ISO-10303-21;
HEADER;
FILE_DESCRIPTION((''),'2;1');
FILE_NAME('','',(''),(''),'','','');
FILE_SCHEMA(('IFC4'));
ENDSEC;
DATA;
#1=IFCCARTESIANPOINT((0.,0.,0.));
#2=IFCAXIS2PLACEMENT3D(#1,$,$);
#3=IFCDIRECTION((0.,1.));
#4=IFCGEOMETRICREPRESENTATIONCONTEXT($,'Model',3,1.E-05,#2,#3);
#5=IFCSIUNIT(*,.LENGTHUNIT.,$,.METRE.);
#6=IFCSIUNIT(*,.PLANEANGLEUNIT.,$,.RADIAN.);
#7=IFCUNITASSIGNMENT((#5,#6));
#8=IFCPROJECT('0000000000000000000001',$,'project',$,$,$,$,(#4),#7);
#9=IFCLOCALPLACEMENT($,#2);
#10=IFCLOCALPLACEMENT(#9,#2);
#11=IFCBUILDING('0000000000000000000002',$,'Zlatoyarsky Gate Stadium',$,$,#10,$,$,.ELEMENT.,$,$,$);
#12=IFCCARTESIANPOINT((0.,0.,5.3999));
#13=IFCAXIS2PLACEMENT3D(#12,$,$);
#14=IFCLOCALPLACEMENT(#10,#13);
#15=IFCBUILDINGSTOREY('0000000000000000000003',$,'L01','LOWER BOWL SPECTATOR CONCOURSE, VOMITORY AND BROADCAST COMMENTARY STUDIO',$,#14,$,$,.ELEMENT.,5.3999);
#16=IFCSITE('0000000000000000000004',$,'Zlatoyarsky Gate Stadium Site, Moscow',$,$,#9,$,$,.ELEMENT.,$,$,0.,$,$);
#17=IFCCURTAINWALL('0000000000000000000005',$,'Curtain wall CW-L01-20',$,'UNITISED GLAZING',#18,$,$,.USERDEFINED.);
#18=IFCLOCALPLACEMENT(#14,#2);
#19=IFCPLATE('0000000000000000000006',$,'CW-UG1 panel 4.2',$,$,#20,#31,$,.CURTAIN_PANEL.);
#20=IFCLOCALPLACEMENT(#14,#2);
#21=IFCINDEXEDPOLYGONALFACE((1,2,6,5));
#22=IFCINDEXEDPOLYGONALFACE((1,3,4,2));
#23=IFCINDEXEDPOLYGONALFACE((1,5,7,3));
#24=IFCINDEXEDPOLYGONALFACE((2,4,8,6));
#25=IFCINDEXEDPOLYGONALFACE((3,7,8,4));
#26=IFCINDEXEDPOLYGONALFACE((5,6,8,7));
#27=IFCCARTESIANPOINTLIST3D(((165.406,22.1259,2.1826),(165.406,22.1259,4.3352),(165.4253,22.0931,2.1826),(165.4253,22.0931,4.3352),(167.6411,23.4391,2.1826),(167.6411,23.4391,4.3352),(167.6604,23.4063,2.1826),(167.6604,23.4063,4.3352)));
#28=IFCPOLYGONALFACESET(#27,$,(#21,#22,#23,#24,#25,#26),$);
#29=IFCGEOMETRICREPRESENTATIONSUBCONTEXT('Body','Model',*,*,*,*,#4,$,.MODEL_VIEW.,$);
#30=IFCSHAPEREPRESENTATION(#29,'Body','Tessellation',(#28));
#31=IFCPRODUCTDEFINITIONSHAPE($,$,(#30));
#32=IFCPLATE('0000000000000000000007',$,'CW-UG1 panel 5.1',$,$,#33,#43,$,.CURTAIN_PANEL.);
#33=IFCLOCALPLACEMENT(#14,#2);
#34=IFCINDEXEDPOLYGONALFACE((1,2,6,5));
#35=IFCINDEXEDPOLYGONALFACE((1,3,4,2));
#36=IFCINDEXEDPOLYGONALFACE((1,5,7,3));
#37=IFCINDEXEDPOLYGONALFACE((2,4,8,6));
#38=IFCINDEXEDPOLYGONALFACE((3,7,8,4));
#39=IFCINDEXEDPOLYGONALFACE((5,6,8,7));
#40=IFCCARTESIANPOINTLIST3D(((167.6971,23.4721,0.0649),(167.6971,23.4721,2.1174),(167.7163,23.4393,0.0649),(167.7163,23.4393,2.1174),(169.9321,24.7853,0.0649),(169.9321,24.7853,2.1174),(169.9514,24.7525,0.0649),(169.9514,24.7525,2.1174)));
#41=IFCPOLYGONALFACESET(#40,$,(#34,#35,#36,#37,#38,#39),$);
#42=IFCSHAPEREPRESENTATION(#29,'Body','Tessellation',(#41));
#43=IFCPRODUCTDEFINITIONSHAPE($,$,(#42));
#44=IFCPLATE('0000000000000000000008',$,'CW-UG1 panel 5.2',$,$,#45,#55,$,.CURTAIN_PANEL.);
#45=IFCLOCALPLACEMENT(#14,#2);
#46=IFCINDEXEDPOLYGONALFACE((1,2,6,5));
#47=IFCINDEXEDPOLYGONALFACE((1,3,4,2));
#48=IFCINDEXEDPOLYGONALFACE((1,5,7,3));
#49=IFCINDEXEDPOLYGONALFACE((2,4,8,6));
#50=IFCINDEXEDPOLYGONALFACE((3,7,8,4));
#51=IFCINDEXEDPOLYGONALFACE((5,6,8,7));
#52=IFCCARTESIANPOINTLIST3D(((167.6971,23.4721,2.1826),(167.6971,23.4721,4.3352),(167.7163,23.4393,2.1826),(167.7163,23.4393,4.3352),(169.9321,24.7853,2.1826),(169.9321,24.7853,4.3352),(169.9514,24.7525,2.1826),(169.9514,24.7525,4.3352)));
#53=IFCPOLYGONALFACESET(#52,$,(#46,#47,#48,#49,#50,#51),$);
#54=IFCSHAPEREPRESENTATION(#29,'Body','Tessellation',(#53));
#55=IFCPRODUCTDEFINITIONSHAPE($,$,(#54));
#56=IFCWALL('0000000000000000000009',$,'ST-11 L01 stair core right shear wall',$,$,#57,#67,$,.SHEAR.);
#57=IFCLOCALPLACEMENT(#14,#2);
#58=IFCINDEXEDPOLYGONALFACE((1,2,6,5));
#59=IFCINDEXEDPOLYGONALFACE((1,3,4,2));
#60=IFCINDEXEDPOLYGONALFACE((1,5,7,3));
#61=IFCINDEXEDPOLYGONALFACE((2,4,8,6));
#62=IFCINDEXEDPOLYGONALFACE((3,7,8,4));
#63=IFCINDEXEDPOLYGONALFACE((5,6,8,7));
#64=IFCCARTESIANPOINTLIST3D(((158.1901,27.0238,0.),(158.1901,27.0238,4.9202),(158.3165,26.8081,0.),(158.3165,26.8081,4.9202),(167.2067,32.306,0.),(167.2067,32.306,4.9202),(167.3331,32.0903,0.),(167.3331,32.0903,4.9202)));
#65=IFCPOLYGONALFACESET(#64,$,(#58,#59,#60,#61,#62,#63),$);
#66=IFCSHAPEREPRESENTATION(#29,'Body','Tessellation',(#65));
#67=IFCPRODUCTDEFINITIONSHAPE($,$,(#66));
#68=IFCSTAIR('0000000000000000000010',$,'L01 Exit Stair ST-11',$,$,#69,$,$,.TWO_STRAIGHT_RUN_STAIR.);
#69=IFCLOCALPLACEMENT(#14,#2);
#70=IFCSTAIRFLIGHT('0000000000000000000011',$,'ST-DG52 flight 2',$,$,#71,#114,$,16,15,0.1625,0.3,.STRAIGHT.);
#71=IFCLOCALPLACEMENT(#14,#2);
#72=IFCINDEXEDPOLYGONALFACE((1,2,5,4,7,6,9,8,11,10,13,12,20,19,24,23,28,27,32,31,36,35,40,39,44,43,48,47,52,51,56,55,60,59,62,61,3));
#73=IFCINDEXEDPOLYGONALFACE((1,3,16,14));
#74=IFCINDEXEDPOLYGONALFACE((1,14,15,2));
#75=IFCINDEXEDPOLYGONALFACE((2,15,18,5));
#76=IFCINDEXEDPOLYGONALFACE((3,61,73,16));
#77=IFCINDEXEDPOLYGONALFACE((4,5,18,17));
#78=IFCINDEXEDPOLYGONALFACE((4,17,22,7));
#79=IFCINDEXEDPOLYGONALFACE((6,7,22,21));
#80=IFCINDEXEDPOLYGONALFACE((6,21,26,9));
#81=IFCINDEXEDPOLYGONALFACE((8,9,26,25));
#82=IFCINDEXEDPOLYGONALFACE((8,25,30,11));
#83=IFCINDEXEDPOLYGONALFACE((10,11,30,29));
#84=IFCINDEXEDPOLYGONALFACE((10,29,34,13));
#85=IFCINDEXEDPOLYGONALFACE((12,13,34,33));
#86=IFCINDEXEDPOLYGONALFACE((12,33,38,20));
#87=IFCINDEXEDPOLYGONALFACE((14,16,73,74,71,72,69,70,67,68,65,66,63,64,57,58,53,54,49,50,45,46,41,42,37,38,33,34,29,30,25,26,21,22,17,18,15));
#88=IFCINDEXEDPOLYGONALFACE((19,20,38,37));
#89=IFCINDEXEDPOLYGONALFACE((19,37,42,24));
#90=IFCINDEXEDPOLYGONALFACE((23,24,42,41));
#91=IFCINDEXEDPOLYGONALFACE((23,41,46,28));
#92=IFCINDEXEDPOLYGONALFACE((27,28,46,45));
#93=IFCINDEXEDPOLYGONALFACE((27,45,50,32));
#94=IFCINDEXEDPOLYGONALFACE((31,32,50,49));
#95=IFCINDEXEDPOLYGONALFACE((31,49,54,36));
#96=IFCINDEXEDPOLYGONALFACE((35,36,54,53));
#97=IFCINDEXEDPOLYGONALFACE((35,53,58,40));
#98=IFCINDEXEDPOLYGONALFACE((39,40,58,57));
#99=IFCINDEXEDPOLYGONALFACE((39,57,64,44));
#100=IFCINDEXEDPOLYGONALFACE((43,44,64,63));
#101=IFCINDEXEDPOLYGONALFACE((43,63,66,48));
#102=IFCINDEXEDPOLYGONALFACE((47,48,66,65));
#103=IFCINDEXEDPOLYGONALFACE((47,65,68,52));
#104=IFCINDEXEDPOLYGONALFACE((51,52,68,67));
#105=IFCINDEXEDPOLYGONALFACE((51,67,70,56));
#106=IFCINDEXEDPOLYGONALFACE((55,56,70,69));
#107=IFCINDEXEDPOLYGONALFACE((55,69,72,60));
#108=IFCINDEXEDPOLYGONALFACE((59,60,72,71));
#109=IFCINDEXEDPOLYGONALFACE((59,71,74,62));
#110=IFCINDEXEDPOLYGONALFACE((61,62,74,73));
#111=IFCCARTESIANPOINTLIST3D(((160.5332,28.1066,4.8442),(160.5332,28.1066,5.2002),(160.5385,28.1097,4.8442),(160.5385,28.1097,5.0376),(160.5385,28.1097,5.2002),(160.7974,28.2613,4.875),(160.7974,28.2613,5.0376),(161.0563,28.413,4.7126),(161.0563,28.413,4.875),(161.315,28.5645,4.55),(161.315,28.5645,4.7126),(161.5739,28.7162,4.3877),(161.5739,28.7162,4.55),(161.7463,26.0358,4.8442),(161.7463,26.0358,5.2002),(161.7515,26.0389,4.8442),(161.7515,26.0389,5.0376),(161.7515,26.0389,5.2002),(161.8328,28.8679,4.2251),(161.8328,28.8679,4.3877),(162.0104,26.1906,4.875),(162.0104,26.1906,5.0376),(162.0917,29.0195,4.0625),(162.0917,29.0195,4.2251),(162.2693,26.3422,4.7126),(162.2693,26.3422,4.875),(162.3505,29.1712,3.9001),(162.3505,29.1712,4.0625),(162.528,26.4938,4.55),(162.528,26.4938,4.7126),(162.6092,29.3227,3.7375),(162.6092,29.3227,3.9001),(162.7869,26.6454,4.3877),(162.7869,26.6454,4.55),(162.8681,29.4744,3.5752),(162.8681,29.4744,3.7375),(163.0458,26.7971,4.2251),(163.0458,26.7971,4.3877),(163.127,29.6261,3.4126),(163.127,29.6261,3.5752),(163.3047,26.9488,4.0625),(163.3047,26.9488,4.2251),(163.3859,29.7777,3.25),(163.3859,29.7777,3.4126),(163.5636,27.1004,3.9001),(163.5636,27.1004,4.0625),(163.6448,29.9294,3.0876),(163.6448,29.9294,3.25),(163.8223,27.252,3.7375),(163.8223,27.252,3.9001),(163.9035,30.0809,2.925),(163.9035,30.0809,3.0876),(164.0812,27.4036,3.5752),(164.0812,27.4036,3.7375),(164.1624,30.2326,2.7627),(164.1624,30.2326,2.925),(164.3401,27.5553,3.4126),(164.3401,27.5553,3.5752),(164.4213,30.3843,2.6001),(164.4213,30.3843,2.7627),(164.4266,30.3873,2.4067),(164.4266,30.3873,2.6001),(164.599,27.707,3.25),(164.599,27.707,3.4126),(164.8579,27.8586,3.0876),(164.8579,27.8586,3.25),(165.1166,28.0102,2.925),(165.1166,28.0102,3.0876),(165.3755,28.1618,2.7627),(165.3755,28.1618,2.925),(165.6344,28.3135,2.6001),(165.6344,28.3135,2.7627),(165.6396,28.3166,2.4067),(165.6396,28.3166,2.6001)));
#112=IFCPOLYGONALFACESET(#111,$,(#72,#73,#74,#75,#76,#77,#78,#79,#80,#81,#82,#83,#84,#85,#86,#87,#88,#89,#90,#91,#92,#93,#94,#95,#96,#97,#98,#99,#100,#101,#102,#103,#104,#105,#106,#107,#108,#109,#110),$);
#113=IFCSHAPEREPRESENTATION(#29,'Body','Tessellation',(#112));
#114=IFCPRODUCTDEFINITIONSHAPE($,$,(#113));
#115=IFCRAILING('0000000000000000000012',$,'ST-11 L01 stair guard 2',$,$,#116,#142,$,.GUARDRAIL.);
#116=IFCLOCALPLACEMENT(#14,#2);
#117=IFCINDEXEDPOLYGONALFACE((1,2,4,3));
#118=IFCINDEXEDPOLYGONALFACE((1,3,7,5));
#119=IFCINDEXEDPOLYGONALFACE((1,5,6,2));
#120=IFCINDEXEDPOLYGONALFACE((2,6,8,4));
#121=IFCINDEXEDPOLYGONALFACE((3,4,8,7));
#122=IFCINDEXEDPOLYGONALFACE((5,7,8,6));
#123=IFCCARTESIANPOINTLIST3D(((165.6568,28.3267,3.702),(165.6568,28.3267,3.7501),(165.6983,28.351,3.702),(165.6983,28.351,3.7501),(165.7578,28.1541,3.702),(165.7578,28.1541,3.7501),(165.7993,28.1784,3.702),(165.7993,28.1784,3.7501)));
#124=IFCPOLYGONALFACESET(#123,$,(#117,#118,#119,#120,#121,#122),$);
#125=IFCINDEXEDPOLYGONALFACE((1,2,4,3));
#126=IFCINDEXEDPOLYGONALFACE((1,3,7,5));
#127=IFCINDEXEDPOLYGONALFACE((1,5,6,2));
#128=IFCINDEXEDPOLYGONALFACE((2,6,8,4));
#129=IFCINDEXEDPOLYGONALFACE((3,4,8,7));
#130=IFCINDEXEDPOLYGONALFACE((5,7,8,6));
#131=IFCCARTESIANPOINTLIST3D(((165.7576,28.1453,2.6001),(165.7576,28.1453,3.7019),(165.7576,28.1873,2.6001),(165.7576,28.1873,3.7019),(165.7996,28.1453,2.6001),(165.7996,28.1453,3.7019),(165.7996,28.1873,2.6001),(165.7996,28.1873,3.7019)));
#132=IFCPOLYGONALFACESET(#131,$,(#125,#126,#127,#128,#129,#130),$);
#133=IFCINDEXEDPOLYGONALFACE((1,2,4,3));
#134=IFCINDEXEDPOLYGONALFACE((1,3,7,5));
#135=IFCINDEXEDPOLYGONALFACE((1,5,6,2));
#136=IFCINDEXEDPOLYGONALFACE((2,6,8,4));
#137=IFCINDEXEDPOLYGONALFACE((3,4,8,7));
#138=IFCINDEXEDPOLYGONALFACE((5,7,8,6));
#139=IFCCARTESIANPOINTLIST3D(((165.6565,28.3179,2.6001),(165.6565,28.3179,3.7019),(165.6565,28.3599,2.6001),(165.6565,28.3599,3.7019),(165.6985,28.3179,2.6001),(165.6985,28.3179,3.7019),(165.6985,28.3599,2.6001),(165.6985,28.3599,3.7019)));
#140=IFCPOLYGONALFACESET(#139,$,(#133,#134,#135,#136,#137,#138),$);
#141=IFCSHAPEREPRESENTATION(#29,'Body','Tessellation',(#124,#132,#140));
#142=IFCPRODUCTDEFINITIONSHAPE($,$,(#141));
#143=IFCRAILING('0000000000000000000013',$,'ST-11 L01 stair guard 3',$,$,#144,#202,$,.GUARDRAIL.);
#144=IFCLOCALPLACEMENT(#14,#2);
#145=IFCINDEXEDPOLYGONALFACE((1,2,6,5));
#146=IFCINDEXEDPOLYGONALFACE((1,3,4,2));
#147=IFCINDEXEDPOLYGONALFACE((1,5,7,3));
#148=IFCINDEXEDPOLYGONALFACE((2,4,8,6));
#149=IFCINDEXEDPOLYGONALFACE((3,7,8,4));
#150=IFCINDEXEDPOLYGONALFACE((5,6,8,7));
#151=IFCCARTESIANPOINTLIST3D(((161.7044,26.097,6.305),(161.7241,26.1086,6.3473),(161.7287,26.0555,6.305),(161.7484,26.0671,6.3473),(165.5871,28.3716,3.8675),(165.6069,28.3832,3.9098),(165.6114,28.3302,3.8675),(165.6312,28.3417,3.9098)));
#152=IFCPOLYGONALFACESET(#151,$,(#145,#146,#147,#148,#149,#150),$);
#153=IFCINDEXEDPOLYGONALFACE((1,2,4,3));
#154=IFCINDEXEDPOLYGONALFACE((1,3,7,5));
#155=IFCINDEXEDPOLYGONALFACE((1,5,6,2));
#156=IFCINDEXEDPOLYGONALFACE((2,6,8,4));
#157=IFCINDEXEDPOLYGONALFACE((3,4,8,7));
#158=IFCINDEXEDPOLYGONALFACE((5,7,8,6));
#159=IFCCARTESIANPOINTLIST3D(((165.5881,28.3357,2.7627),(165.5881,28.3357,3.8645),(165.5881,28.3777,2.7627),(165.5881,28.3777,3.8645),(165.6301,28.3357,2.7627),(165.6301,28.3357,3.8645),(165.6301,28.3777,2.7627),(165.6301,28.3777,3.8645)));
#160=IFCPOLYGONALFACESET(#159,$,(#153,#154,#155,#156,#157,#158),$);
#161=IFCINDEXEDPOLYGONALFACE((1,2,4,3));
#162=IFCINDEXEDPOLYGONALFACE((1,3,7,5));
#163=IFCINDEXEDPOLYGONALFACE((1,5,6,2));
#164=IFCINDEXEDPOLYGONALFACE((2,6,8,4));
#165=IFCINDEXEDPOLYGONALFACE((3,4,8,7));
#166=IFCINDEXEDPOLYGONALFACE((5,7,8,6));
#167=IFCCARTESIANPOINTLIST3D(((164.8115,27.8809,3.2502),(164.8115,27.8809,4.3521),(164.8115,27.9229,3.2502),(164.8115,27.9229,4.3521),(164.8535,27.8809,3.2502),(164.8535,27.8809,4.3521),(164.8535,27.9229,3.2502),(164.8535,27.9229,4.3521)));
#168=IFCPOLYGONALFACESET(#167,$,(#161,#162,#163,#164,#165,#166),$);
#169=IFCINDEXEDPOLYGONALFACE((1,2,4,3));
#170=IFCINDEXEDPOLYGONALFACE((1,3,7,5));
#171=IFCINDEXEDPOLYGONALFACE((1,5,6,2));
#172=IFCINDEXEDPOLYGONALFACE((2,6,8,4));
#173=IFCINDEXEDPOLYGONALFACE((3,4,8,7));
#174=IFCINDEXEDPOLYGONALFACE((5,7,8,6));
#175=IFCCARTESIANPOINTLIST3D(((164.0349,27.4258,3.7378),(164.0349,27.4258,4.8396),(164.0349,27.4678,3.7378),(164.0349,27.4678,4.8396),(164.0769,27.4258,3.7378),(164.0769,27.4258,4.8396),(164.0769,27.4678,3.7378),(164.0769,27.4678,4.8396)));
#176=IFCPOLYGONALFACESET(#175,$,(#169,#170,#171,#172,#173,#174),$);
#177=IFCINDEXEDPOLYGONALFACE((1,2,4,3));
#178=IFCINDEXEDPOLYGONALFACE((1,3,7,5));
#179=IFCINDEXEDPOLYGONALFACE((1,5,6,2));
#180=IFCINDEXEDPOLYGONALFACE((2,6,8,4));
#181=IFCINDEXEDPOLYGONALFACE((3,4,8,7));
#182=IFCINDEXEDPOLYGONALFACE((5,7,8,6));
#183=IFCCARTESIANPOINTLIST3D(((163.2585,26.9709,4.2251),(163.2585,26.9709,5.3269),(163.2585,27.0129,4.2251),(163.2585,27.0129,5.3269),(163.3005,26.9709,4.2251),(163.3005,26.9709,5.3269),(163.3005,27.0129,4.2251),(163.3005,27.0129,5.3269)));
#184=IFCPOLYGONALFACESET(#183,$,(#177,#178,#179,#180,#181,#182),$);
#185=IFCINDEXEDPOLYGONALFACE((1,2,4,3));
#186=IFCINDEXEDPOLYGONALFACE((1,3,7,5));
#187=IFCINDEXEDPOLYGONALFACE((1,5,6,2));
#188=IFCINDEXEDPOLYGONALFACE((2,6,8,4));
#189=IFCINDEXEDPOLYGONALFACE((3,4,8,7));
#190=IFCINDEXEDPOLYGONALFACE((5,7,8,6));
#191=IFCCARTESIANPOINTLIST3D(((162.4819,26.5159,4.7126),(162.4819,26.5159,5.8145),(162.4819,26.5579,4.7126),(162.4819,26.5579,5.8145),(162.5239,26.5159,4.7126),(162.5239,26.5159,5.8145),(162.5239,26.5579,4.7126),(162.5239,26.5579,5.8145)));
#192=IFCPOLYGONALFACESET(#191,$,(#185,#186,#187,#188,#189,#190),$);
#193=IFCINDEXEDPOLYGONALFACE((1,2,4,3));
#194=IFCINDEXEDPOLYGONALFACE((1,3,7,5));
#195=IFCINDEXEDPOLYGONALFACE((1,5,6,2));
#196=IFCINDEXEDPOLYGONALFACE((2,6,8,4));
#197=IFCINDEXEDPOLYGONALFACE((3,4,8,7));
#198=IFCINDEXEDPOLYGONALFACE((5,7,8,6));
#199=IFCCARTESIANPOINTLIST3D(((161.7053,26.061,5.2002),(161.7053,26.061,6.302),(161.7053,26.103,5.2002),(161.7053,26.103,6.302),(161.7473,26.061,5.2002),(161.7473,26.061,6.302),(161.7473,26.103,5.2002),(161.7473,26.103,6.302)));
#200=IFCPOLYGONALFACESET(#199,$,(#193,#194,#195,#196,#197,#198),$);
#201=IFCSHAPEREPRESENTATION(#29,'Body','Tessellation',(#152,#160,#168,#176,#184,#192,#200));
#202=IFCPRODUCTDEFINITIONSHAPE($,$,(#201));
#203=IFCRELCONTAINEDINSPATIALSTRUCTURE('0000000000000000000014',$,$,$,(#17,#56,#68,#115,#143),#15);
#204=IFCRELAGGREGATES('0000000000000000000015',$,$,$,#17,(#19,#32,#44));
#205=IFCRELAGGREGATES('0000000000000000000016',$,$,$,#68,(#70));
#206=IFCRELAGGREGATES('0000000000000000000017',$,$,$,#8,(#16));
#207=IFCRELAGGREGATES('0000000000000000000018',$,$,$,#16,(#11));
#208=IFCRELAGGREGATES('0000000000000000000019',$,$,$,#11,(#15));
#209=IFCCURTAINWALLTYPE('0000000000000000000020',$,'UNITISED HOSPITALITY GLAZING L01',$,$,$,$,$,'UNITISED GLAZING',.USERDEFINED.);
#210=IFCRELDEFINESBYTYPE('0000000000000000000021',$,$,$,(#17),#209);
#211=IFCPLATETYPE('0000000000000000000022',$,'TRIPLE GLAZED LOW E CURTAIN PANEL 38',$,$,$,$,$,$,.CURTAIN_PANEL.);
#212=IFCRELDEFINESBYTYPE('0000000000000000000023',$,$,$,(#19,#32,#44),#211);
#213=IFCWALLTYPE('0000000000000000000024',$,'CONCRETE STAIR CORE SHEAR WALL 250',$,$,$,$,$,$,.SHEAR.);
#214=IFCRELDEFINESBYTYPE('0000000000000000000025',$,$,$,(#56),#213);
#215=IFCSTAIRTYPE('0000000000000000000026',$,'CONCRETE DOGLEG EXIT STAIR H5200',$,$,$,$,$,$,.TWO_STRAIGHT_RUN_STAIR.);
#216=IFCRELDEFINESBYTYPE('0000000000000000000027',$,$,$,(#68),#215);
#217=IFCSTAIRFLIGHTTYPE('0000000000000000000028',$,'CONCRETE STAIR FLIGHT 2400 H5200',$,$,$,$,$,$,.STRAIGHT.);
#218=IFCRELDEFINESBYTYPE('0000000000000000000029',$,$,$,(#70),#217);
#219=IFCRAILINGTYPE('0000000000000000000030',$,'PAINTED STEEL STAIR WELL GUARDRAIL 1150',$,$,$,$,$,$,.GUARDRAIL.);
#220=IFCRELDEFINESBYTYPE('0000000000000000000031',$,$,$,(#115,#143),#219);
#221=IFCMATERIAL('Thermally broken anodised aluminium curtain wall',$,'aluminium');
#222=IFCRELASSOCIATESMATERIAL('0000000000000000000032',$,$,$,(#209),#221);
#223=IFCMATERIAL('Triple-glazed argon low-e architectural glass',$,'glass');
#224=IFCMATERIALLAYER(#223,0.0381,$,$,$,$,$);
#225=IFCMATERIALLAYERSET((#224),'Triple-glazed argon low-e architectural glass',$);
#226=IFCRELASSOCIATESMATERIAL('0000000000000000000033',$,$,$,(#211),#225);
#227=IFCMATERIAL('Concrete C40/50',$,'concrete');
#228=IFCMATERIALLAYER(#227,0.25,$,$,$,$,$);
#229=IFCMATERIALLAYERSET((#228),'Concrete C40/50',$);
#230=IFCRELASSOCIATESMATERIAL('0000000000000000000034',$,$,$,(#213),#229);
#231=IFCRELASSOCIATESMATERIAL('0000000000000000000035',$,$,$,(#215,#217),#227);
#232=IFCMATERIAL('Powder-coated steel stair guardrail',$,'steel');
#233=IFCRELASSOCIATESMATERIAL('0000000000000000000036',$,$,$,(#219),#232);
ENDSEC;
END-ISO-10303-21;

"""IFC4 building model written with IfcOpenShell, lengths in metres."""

from ifc_helpers import new_model, si_unit, direction, frame, frame_2d, origin, origin_2d, place, context, subcontext, project, spatial, polyline, rectangle, outline, extrude, material, layer, layer_set, type_object, element, aggregate, save


model = new_model("IFC4")

# Units and contexts
model_context = context("Model", 3, precision=1e-05, world=origin(), true_north=direction((0.0, 1.0)))
body_context = subcontext(model_context, "Body", "Model", "MODEL_VIEW")
ifc_project = project(units=[si_unit("LENGTHUNIT", "METRE"), si_unit("PLANEANGLEUNIT", "RADIAN")], contexts=[model_context])

# Site, building, storey
site_placement = place(None, origin())
site = spatial("IfcSite", under=ifc_project, at=site_placement, Name="Zlatoyarsky Gate Stadium Site, Moscow", CompositionType="ELEMENT", RefElevation=0.0)
building_placement = place(site_placement, origin())
building = spatial("IfcBuilding", under=site, at=building_placement, Name="Zlatoyarsky Gate Stadium", CompositionType="ELEMENT")
storey_placement = place(building_placement, frame((0.0, 0.0, 5.3999)))
storey = spatial("IfcBuildingStorey", under=building, at=storey_placement, Name="L01", Description="LOWER BOWL SPECTATOR CONCOURSE, VOMITORY AND BROADCAST COMMENTARY STUDIO", CompositionType="ELEMENT", Elevation=5.3999)

# Curtain wall
ifc_material_1 = material(Name="Thermally broken anodised aluminium curtain wall", Category="aluminium")
curtain_wall_type = type_object("IfcCurtainWallType", Name="UNITISED HOSPITALITY GLAZING L01", ElementType="UNITISED GLAZING", PredefinedType="USERDEFINED", material=ifc_material_1)
curtain_wall_placement = place(storey_placement, origin())
curtain_wall = element("IfcCurtainWall", 1, at=curtain_wall_placement, inside=storey, type_object=curtain_wall_type, Name="Curtain wall CW-L01-20", ObjectType="UNITISED GLAZING", PredefinedType="USERDEFINED")

# Plates
ifc_material_2 = material(Name="Triple-glazed argon low-e architectural glass", Category="glass")
ifc_layer_1 = layer(ifc_material_2, 0.0381)
ifc_layer_set_1 = layer_set([ifc_layer_1], Name="Triple-glazed argon low-e architectural glass")
plate_type_1 = type_object("IfcPlateType", Name="TRIPLE GLAZED LOW E CURTAIN PANEL 38", PredefinedType="CURTAIN_PANEL", material=ifc_layer_set_1)
plate_1_placement = place(storey_placement, frame((166.5332, 22.7661, 2.1826), z_axis=(0.0, 0.0, 1.0), x_axis=(0.862187, 0.50659, 0.0)))
plate_1 = element("IfcPlate", 2, at=plate_1_placement, type_object=plate_type_1, Name="CW-UG1 panel 4.2", PredefinedType="CURTAIN_PANEL", context=body_context, shape_type="SweptSolid", body=[
    extrude(rectangle(XDim=2.5923, YDim=0.0381, at=origin_2d()), origin(), (0.0, 0.0, 1.0), 2.1526),
])
plate_2_placement = place(storey_placement, frame((168.8242, 24.1123, 0.0649), z_axis=(0.0, 0.0, 1.0), x_axis=(0.862187, 0.50659, 0.0)))
plate_2 = element("IfcPlate", 3, at=plate_2_placement, type_object=plate_type_1, Name="CW-UG1 panel 5.1", PredefinedType="CURTAIN_PANEL", context=body_context, shape_type="SweptSolid", body=[
    extrude(rectangle(XDim=2.5923, YDim=0.0381, at=origin_2d()), origin(), (0.0, 0.0, 1.0), 2.0525),
])
plate_3_placement = place(storey_placement, frame((168.8242, 24.1123, 2.1826), z_axis=(0.0, 0.0, 1.0), x_axis=(0.862187, 0.50659, 0.0)))
plate_3 = element("IfcPlate", 4, at=plate_3_placement, type_object=plate_type_1, Name="CW-UG1 panel 5.2", PredefinedType="CURTAIN_PANEL", context=body_context, shape_type="SweptSolid", body=[
    extrude(rectangle(XDim=2.5923, YDim=0.0381, at=origin_2d()), origin(), (0.0, 0.0, 1.0), 2.1526),
])
aggregate(curtain_wall, [plate_1, plate_2, plate_3])

# Wall
ifc_material_3 = material(Name="Concrete C40/50", Category="concrete")
ifc_layer_2 = layer(ifc_material_3, 0.25)
ifc_layer_set_2 = layer_set([ifc_layer_2], Name="Concrete C40/50")
wall_type = type_object("IfcWallType", Name="CONCRETE STAIR CORE SHEAR WALL 250", PredefinedType="SHEAR", material=ifc_layer_set_2)
wall_placement = place(storey_placement, frame((167.27, 32.1982, 0.0), z_axis=(0.0, 0.0, 1.0), x_axis=(-0.862839, -0.50548, 0.0)))
element("IfcWall", 5, at=wall_placement, inside=storey, type_object=wall_type, Name="ST-11 L01 stair core right shear wall", PredefinedType="SHEAR", context=body_context, shape_type="SweptSolid", body=[
    extrude(rectangle(XDim=10.45, YDim=0.25, at=frame_2d((5.2251, 0.0))), origin(), (0.0, 0.0, 1.0), 4.9202),
])

# Stair, stair flight
stair_type = type_object("IfcStairType", Name="CONCRETE DOGLEG EXIT STAIR H5200", PredefinedType="TWO_STRAIGHT_RUN_STAIR", material=ifc_material_3)
stair_placement = place(storey_placement, origin())
stair = element("IfcStair", 6, at=stair_placement, inside=storey, type_object=stair_type, Name="L01 Exit Stair ST-11", PredefinedType="TWO_STRAIGHT_RUN_STAIR")
stair_flight_type = type_object("IfcStairFlightType", Name="CONCRETE STAIR FLIGHT 2400 H5200", PredefinedType="STRAIGHT", material=ifc_material_3)
stair_flight_placement = place(storey_placement, frame((165.0278, 29.3489, 2.6001), z_axis=(0.0, 0.0, 1.0), x_axis=(-0.862848, -0.505463, 0.0)))
stair_flight = element("IfcStairFlight", 7, at=stair_flight_placement, type_object=stair_flight_type, Name="ST-DG52 flight 2", NumberOfRisers=16, NumberOfTreads=15, PredefinedType="STRAIGHT", RiserHeight=0.1625, TreadLength=0.3, context=body_context, shape_type="SweptSolid", body=[
    extrude(outline(polyline([(-0.0061, -0.1934), (-0.0061, 0.0), (0.0, 0.0), (0.0, 0.1626), (0.3, 0.1626), (0.3, 0.325), (0.6001, 0.325), (0.6001, 0.4875), (0.8999, 0.4875), (0.8999, 0.6499), (1.2, 0.6499), (1.2, 0.8125), (1.5, 0.8125), (1.5, 0.9751), (1.8, 0.9751), (1.8, 1.1375), (2.1001, 1.1375), (2.1001, 1.3), (2.3999, 1.3), (2.3999, 1.4624), (2.7, 1.4624), (2.7, 1.625), (3.0, 1.625), (3.0, 1.7876), (3.3, 1.7876), (3.3, 1.95), (3.6001, 1.95), (3.6001, 2.1125), (3.8999, 2.1125), (3.8999, 2.2749), (4.2, 2.2749), (4.2, 2.4375), (4.5, 2.4375), (4.5, 2.6001), (4.5061, 2.6001), (4.5061, 2.2441), (4.5, 2.2441), (-0.0061, -0.1934)])), frame((0.0, 1.2, 0.0), z_axis=(0.0, -1.0, 0.0), x_axis=(1.0, 0.0, 0.0)), (0.0, 0.0, 1.0), 2.3999),
])
aggregate(stair, [stair_flight])

# Railings
ifc_material_4 = material(Name="Powder-coated steel stair guardrail", Category="steel")
railing_type_1 = type_object("IfcRailingType", Name="PAINTED STEEL STAIR WELL GUARDRAIL 1150", PredefinedType="GUARDRAIL", material=ifc_material_4)
railing_1_placement = place(storey_placement, frame((165.7786, 28.1663, 2.6001)))
element("IfcRailing", 8, at=railing_1_placement, inside=storey, type_object=railing_type_1, Name="ST-11 L01 stair guard 2", PredefinedType="GUARDRAIL", context=body_context, shape_type="SweptSolid", body=[
    extrude(rectangle(XDim=0.0481, YDim=0.0481, at=origin_2d()), frame((0.0, 0.0, 1.126), z_axis=(-0.505312, 0.862937, 0.0), x_axis=(-0.862937, -0.505312, 0.0)), (0.0, 0.0, 1.0), 0.2),
    extrude(rectangle(XDim=0.042, YDim=0.042, at=origin_2d()), origin(), (0.0, 0.0, 1.0), 1.1018),
    extrude(rectangle(XDim=0.042, YDim=0.042, at=origin_2d()), frame((-0.1011, 0.1726, 0.0)), (0.0, 0.0, 1.0), 1.1018),
])
railing_2_placement = place(storey_placement, frame((165.6091, 28.3567, 2.7627)))
element("IfcRailing", 9, at=railing_2_placement, inside=storey, type_object=railing_type_1, Name="ST-11 L01 stair guard 3", PredefinedType="GUARDRAIL", context=body_context, shape_type="SweptSolid", body=[
    extrude(rectangle(XDim=0.0481, YDim=0.0481, at=origin_2d()), frame((0.0, 0.0, 1.126), z_axis=(-0.75869, -0.444462, 0.47628), x_axis=(0.505476, -0.862841, 0.0)), (0.0, 0.0, 1.0), 5.1177),
    extrude(rectangle(XDim=0.042, YDim=0.042, at=origin_2d()), origin(), (0.0, 0.0, 1.0), 1.1018),
    extrude(rectangle(XDim=0.042, YDim=0.042, at=origin_2d()), frame((-0.7766, -0.4548, 0.4875)), (0.0, 0.0, 1.0), 1.1018),
    extrude(rectangle(XDim=0.042, YDim=0.042, at=origin_2d()), frame((-1.5532, -0.9099, 0.9751)), (0.0, 0.0, 1.0), 1.1018),
    extrude(rectangle(XDim=0.042, YDim=0.042, at=origin_2d()), frame((-2.3296, -1.3647, 1.4624)), (0.0, 0.0, 1.0), 1.1018),
    extrude(rectangle(XDim=0.042, YDim=0.042, at=origin_2d()), frame((-3.1062, -1.8198, 1.95)), (0.0, 0.0, 1.0), 1.1018),
    extrude(rectangle(XDim=0.042, YDim=0.042, at=origin_2d()), frame((-3.8828, -2.2747, 2.4375)), (0.0, 0.0, 1.0), 1.1018),
])

save(model, "model.ifc")
